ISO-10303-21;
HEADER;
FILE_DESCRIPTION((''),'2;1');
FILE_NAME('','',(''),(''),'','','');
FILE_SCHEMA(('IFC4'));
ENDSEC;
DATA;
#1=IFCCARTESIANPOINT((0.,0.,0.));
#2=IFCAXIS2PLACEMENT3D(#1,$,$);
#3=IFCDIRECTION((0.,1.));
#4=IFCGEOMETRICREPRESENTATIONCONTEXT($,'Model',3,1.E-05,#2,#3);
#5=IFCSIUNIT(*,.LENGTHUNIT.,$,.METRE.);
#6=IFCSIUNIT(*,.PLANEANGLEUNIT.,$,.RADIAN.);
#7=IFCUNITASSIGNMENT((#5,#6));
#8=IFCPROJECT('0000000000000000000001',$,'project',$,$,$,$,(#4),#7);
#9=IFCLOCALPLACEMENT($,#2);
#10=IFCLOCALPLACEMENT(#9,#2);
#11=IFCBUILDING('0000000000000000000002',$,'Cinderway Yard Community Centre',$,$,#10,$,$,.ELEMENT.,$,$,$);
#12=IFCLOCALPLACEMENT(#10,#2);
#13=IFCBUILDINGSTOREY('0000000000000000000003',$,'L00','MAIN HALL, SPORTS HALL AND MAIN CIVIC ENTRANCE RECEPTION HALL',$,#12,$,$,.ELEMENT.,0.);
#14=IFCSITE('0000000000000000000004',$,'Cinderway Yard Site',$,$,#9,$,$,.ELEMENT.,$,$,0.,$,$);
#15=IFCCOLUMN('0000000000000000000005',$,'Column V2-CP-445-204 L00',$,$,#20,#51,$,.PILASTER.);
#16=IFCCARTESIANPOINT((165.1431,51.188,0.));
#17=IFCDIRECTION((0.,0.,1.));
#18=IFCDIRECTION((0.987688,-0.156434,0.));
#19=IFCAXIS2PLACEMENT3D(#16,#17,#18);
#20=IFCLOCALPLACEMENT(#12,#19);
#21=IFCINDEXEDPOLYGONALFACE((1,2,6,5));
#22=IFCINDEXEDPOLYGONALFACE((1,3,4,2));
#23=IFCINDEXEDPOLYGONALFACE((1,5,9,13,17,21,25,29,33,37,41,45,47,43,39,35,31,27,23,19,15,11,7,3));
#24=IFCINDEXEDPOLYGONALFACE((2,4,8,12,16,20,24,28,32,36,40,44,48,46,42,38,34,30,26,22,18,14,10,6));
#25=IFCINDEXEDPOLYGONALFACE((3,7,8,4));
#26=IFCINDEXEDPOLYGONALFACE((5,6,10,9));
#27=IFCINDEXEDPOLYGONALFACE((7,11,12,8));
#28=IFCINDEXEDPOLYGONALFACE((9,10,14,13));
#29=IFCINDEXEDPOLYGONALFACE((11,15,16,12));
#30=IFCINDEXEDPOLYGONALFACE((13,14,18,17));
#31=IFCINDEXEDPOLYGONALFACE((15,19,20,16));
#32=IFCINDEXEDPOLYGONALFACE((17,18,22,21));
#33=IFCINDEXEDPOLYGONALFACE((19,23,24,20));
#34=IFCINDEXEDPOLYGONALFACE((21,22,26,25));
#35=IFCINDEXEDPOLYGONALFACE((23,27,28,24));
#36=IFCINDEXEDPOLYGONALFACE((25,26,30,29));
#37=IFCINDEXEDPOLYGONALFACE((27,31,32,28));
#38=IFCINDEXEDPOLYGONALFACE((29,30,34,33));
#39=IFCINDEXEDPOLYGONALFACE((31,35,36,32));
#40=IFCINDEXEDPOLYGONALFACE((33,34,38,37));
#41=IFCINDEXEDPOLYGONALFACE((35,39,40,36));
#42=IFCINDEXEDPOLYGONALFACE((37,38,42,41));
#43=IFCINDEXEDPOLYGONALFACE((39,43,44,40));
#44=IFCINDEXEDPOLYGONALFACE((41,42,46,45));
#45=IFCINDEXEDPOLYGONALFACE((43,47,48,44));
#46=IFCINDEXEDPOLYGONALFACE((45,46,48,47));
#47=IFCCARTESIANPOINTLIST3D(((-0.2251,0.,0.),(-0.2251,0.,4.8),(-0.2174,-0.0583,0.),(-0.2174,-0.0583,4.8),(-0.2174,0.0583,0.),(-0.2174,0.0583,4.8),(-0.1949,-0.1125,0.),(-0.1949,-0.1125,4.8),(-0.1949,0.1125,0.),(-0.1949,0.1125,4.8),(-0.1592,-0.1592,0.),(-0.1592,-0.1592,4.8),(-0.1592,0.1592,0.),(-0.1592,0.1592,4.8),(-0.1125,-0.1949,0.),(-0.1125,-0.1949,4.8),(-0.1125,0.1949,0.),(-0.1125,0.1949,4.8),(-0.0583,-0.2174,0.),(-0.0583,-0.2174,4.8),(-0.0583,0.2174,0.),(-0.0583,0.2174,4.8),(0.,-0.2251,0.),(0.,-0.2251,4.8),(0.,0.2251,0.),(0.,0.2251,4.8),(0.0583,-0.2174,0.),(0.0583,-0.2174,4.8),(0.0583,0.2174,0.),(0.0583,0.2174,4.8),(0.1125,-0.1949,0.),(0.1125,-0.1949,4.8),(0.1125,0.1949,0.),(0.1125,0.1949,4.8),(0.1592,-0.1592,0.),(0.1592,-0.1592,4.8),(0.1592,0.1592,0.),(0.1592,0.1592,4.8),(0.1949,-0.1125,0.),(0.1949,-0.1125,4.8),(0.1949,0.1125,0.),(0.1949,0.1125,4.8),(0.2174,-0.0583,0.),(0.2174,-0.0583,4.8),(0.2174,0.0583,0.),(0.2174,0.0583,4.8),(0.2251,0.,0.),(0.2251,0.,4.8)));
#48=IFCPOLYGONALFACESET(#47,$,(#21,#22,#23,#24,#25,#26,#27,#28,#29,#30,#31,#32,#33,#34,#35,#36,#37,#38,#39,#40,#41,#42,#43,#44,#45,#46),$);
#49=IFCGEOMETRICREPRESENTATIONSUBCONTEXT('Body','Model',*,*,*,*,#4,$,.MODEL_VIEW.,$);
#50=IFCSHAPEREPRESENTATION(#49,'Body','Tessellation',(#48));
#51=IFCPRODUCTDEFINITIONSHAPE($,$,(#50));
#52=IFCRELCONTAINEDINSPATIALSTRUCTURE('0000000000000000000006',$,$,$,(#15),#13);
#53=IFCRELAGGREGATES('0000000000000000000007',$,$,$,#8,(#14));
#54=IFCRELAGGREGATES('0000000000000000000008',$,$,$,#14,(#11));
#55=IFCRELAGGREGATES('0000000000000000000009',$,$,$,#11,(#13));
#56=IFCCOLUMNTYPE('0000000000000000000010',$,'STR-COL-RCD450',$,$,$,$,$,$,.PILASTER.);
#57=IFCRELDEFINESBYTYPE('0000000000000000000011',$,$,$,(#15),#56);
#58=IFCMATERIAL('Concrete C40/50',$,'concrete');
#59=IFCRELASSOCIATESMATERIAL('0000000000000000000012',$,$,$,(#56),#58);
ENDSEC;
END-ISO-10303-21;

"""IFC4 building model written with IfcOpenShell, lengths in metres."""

from ifc_helpers import new_model, si_unit, direction, frame, origin, origin_2d, place, context, subcontext, project, spatial, circle, extrude, material, material_profile, profile_set, type_object, element, save


model = new_model("IFC4")

# Units and contexts
model_context = context("Model", 3, precision=1e-05, world=origin(), true_north=direction((0.0, 1.0)))
body_context = subcontext(model_context, "Body", "Model", "MODEL_VIEW")
ifc_project = project(units=[si_unit("LENGTHUNIT", "METRE"), si_unit("PLANEANGLEUNIT", "RADIAN")], contexts=[model_context])

# Site, building, storey
site_placement = place(None, origin())
site = spatial("IfcSite", under=ifc_project, at=site_placement, Name="Cinderway Yard Site", CompositionType="ELEMENT", RefElevation=0.0)
building_placement = place(site_placement, origin())
building = spatial("IfcBuilding", under=site, at=building_placement, Name="Cinderway Yard Community Centre", CompositionType="ELEMENT")
storey_placement = place(building_placement, origin())
storey = spatial("IfcBuildingStorey", under=building, at=storey_placement, Name="L00", Description="MAIN HALL, SPORTS HALL AND MAIN CIVIC ENTRANCE RECEPTION HALL", CompositionType="ELEMENT", Elevation=0.0)

# Shared definitions
ifc_material_1 = material(Name="Concrete C40/50", Category="concrete")

# Column
ifc_material_profile_1 = material_profile(ifc_material_1, circle(Radius=0.2251, at=origin_2d()), Name="Concrete C40/50")
ifc_profile_set_1 = profile_set([ifc_material_profile_1], Name="Concrete C40/50")
column_type = type_object("IfcColumnType", Name="STR-COL-RCD450", PredefinedType="PILASTER", material=ifc_profile_set_1)
column_placement = place(storey_placement, frame((165.1431, 51.188, 0.0), z_axis=(0.0, 0.0, 1.0), x_axis=(0.987688, -0.156434, 0.0)))
element("IfcColumn", 1, at=column_placement, inside=storey, type_object=column_type, Name="Column V2-CP-445-204 L00", PredefinedType="PILASTER", context=body_context, shape_type="SweptSolid", body=[
    extrude(circle(Radius=0.2251, at=origin_2d()), origin(), (0.0, 0.0, 1.0), 4.8),
])

save(model, "model.ifc")
